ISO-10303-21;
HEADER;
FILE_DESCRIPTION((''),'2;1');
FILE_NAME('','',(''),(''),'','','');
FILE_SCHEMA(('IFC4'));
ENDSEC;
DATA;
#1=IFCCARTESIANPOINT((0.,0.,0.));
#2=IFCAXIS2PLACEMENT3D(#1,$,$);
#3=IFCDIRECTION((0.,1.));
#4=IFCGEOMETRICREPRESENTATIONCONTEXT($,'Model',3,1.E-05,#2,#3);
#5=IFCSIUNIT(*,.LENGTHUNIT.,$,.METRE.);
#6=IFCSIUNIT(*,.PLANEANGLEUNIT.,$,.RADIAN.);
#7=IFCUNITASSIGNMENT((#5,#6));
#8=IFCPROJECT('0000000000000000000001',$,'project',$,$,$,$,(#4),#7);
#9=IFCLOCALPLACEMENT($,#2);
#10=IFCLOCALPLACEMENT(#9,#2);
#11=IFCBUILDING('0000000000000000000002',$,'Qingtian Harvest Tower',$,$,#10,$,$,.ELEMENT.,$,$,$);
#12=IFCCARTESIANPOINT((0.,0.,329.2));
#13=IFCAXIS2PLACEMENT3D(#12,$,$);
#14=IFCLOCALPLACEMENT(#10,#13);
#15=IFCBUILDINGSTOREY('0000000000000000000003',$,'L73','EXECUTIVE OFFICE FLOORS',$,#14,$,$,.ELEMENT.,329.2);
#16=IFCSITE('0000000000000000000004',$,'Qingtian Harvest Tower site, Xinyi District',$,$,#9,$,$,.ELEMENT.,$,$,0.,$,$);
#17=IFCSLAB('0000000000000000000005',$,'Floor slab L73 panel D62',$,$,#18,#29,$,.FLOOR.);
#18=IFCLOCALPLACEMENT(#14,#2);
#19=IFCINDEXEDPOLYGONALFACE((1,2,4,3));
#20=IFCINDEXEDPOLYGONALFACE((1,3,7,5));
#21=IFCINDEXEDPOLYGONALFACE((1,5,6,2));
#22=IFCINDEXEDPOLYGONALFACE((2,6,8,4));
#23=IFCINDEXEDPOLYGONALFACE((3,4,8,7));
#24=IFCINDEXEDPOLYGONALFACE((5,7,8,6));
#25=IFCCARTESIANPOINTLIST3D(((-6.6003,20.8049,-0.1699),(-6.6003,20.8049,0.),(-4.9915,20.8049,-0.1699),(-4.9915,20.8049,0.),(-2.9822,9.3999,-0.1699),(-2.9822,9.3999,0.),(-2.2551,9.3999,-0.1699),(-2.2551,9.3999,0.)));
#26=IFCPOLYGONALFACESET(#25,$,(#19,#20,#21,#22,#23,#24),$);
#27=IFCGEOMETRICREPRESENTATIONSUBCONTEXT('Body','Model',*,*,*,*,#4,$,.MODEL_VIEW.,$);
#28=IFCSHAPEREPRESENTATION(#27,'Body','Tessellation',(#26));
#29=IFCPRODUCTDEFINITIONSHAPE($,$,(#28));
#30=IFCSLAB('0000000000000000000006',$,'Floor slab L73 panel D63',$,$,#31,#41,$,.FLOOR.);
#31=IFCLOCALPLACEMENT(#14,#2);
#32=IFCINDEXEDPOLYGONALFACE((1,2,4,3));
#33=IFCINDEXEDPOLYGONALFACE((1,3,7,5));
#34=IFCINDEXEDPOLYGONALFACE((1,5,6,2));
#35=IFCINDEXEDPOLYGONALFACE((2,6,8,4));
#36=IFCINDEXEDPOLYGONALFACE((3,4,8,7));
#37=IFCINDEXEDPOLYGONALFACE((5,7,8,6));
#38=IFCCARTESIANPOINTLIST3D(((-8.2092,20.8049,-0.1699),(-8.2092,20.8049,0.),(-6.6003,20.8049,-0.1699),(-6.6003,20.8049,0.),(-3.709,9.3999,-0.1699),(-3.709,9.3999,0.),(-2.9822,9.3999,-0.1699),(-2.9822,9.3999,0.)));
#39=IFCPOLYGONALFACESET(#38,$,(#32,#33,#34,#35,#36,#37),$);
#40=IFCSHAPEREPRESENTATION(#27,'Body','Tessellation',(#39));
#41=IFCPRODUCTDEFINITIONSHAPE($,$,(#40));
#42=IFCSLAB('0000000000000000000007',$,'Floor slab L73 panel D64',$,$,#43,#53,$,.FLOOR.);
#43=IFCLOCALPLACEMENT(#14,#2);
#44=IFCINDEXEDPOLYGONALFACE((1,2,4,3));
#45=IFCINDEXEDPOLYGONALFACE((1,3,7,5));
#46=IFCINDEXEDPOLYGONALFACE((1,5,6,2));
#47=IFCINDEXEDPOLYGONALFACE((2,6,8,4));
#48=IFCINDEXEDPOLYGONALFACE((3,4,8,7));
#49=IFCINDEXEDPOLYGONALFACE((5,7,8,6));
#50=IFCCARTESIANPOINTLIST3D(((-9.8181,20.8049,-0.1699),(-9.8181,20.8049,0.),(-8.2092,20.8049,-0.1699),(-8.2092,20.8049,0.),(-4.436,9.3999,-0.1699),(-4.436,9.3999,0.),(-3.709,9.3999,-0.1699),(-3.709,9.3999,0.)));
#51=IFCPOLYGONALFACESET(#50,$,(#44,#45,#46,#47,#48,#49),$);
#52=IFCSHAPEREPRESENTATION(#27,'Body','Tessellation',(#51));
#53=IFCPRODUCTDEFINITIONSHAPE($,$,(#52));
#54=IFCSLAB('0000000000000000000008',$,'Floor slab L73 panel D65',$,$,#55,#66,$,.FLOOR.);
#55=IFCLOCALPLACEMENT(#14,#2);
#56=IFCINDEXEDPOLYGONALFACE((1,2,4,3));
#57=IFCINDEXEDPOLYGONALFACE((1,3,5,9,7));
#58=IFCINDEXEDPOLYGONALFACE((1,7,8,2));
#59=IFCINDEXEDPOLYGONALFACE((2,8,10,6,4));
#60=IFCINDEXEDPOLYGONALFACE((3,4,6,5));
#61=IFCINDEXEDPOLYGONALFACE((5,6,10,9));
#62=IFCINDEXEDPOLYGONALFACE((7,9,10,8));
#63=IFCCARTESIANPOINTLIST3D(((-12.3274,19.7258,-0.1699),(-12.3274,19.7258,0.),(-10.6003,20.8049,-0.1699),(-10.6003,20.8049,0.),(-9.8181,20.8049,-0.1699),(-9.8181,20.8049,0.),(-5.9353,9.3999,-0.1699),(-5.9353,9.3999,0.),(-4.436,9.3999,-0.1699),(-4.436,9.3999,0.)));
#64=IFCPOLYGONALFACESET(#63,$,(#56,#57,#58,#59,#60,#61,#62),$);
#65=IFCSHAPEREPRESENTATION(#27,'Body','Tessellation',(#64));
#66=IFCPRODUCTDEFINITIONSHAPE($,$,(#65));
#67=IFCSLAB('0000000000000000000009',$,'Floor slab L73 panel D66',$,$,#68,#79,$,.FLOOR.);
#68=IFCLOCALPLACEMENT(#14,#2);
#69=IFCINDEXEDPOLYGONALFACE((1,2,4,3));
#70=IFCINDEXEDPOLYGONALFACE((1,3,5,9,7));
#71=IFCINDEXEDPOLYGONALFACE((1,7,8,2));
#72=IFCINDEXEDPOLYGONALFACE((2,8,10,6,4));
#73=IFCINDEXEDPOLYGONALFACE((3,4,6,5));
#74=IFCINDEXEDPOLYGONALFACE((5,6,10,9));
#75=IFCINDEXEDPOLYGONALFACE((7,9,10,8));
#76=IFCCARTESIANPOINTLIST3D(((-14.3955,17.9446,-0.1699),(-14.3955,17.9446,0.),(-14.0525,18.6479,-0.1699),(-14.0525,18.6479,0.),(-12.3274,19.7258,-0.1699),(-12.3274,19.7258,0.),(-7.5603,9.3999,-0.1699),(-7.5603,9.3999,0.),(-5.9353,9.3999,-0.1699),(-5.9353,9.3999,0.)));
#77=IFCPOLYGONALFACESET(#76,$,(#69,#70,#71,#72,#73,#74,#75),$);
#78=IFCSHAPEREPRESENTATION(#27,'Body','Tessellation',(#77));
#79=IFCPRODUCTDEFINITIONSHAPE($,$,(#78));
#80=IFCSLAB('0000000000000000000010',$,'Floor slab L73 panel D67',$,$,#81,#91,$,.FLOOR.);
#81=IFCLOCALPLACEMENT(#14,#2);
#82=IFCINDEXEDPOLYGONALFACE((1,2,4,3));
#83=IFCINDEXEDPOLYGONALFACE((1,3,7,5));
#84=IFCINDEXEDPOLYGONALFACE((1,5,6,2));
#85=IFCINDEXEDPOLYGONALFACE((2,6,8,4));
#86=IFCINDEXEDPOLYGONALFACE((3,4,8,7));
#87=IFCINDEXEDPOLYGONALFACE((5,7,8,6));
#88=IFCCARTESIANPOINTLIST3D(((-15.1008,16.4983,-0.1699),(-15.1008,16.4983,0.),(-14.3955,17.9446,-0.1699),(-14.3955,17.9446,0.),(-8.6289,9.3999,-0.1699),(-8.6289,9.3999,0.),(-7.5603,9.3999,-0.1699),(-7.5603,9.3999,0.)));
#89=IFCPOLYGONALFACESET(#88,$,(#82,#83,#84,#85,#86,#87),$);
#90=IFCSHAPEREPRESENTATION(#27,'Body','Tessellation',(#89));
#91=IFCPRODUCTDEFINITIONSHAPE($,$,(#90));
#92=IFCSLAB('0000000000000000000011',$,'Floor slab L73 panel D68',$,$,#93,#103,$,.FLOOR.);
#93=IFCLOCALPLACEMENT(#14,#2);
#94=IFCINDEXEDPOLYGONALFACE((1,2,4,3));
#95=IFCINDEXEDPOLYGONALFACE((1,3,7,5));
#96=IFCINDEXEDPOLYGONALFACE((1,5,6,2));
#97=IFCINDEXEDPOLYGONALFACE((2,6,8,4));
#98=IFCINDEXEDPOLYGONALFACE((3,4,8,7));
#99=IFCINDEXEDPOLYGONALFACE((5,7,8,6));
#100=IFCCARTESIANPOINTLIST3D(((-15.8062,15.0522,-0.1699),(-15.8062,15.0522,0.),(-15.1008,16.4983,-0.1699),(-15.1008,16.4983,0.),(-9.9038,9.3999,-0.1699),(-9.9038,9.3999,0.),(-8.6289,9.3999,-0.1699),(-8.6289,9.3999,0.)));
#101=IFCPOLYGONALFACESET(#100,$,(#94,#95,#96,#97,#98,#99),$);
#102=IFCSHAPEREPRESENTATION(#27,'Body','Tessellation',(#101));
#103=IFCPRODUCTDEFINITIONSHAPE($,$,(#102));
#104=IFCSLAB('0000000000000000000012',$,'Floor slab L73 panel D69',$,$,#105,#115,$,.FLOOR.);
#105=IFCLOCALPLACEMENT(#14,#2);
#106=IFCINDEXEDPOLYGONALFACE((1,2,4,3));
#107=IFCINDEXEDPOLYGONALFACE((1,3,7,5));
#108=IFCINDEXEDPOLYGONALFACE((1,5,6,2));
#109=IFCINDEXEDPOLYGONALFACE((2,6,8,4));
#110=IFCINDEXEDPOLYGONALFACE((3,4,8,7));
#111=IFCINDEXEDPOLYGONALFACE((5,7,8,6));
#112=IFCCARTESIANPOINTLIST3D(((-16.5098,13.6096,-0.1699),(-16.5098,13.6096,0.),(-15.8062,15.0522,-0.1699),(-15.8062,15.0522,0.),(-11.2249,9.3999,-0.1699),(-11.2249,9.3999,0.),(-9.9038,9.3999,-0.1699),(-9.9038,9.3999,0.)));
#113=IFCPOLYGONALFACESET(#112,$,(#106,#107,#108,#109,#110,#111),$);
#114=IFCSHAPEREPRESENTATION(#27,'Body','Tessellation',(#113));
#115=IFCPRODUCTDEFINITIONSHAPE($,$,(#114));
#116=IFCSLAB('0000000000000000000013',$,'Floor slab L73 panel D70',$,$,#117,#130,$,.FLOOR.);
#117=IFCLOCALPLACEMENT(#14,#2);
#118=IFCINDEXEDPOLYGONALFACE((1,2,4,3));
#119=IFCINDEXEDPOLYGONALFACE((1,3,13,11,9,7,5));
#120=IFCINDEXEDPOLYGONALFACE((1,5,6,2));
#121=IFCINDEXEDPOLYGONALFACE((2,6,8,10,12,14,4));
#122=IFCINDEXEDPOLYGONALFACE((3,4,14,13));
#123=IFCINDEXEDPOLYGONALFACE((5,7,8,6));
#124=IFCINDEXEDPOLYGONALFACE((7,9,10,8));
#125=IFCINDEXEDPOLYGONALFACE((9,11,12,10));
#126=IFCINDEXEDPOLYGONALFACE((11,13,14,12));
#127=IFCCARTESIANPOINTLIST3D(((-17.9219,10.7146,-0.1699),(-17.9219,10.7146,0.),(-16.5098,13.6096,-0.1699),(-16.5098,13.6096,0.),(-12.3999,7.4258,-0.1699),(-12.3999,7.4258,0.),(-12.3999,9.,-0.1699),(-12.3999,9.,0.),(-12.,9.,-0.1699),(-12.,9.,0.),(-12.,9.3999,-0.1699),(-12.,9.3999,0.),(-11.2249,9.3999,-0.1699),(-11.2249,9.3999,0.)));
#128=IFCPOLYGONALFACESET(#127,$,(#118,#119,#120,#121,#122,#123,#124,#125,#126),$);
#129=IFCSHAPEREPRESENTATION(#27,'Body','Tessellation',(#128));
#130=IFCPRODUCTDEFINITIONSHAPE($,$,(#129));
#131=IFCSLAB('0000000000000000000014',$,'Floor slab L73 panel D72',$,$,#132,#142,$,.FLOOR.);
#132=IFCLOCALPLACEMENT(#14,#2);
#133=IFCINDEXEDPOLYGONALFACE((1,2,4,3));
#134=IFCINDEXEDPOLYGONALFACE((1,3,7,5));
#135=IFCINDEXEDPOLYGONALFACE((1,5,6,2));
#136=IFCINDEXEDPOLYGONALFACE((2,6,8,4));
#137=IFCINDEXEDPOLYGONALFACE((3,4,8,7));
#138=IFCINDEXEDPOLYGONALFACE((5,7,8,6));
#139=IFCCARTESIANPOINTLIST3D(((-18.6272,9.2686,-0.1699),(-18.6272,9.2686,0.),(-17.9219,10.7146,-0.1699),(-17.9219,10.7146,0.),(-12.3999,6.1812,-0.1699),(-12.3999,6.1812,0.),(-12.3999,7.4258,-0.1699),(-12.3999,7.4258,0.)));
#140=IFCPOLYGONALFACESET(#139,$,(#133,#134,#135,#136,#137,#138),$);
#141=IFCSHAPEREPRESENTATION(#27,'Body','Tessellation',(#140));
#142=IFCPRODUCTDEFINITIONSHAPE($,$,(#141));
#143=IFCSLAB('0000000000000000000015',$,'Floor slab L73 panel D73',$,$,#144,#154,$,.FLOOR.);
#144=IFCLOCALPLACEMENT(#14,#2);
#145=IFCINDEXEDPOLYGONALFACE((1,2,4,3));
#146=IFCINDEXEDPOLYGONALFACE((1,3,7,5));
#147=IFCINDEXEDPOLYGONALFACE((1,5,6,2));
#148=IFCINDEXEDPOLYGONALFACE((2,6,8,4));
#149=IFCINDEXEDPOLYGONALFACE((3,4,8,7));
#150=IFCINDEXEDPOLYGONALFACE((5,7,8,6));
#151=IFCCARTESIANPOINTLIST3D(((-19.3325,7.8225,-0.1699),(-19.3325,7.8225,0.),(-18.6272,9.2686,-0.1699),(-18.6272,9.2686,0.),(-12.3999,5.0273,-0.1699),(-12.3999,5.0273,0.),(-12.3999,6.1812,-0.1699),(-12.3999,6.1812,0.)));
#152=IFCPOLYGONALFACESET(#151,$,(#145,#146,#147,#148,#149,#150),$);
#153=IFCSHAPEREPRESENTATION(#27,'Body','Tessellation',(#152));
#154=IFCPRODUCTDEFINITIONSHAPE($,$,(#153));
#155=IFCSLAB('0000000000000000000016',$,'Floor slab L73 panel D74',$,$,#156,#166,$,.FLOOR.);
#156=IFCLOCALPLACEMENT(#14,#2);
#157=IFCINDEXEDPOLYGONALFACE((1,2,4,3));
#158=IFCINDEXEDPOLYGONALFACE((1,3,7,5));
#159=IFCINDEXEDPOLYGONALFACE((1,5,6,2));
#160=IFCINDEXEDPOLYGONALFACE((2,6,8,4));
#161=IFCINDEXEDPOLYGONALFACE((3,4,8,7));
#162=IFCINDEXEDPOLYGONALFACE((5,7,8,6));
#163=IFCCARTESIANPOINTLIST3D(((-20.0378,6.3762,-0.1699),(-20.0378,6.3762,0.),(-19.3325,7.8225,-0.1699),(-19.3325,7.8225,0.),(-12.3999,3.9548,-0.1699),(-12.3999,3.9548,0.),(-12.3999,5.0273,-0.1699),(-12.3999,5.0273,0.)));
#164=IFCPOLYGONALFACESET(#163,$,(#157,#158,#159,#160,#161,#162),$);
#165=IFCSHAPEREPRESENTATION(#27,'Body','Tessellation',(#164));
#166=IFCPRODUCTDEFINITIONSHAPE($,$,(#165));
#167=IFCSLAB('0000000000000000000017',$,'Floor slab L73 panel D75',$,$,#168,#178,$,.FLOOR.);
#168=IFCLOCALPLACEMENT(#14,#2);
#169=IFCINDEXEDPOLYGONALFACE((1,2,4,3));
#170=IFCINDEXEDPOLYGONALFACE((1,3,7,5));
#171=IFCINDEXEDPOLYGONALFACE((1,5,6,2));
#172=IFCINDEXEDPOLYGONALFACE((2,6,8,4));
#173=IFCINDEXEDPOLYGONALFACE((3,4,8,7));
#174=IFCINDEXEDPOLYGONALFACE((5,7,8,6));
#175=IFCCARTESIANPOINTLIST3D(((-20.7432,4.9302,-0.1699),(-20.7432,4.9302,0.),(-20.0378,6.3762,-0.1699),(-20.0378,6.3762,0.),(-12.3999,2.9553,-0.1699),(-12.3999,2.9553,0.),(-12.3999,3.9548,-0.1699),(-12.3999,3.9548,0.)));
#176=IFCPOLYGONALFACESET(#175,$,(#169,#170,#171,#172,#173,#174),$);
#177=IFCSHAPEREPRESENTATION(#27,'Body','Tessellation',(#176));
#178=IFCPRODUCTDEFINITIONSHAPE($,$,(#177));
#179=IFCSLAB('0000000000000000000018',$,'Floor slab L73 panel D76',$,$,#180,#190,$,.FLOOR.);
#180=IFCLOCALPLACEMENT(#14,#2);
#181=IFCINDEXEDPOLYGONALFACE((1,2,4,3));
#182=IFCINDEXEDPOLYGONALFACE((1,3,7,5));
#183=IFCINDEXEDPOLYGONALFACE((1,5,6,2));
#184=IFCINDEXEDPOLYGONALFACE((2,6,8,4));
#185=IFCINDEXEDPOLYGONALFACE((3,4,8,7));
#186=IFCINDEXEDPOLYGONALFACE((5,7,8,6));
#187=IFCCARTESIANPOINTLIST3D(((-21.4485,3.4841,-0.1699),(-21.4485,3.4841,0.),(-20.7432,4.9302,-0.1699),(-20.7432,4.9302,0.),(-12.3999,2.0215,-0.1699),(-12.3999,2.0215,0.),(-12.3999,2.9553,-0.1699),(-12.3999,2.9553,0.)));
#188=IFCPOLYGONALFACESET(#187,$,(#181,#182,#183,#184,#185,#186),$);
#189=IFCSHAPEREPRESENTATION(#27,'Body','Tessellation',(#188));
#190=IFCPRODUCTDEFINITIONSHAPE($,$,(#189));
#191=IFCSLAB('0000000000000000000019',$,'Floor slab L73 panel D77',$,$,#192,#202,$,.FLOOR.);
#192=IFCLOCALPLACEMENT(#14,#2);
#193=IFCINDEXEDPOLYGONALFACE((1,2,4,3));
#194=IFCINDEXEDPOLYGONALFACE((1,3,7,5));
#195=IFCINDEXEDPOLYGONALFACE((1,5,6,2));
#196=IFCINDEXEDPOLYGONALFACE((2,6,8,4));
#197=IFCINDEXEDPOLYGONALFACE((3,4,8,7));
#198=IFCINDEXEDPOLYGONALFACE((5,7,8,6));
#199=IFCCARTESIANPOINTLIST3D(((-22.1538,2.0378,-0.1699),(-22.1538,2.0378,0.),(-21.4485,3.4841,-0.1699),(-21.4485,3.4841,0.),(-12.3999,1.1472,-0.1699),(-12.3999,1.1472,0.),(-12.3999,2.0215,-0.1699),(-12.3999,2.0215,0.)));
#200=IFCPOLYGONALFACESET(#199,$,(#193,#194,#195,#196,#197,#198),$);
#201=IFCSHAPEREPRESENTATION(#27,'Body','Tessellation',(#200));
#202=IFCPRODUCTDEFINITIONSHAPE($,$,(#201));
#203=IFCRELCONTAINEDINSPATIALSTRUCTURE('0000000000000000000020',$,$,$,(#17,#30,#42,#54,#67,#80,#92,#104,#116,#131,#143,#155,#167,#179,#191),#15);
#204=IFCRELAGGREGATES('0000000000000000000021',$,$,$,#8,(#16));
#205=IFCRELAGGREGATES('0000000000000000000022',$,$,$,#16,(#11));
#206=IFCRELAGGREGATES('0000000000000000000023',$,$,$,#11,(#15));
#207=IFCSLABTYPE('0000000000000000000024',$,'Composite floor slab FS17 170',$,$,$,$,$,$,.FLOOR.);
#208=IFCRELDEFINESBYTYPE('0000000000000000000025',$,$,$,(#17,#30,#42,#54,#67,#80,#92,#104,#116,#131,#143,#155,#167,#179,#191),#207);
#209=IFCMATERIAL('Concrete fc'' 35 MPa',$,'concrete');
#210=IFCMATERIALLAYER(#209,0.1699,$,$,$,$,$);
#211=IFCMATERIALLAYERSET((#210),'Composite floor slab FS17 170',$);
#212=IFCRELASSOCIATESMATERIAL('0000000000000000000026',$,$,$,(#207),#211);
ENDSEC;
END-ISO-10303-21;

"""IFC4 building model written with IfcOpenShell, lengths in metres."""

from ifc_helpers import new_model, si_unit, direction, frame, origin, place, context, subcontext, project, spatial, polyline, outline, extrude, material, layer, layer_set, type_object, element, save


model = new_model("IFC4")

# Units and contexts
model_context = context("Model", 3, precision=1e-05, world=origin(), true_north=direction((0.0, 1.0)))
body_context = subcontext(model_context, "Body", "Model", "MODEL_VIEW")
ifc_project = project(units=[si_unit("LENGTHUNIT", "METRE"), si_unit("PLANEANGLEUNIT", "RADIAN")], contexts=[model_context])

# Site, building, storey
site_placement = place(None, origin())
site = spatial("IfcSite", under=ifc_project, at=site_placement, Name="Qingtian Harvest Tower site, Xinyi District", CompositionType="ELEMENT", RefElevation=0.0)
building_placement = place(site_placement, origin())
building = spatial("IfcBuilding", under=site, at=building_placement, Name="Qingtian Harvest Tower", CompositionType="ELEMENT")
storey_placement = place(building_placement, frame((0.0, 0.0, 329.2)))
storey = spatial("IfcBuildingStorey", under=building, at=storey_placement, Name="L73", Description="EXECUTIVE OFFICE FLOORS", CompositionType="ELEMENT", Elevation=329.2)

# Slabs
ifc_material_1 = material(Name="Concrete fc' 35 MPa", Category="concrete")
ifc_layer_1 = layer(ifc_material_1, 0.1699)
ifc_layer_set_1 = layer_set([ifc_layer_1], Name="Composite floor slab FS17 170")
slab_type = type_object("IfcSlabType", Name="Composite floor slab FS17 170", PredefinedType="FLOOR", material=ifc_layer_set_1)
slab_1_placement = place(storey_placement, frame((0.0, 0.0, -0.1699)))
element("IfcSlab", 1, at=slab_1_placement, inside=storey, type_object=slab_type, Name="Floor slab L73 panel D62", PredefinedType="FLOOR", context=body_context, shape_type="SweptSolid", body=[
    extrude(outline(polyline([(-2.9822, 9.3999), (-6.6003, 20.8049), (-4.9915, 20.8049), (-2.2551, 9.3999), (-2.9822, 9.3999)])), origin(), (0.0, 0.0, 1.0), 0.1699),
])
slab_2_placement = place(storey_placement, frame((0.0, 0.0, -0.1699)))
element("IfcSlab", 2, at=slab_2_placement, inside=storey, type_object=slab_type, Name="Floor slab L73 panel D63", PredefinedType="FLOOR", context=body_context, shape_type="SweptSolid", body=[
    extrude(outline(polyline([(-3.709, 9.3999), (-8.2092, 20.8049), (-6.6003, 20.8049), (-2.9822, 9.3999), (-3.709, 9.3999)])), origin(), (0.0, 0.0, 1.0), 0.1699),
])
slab_3_placement = place(storey_placement, frame((0.0, 0.0, -0.1699)))
element("IfcSlab", 3, at=slab_3_placement, inside=storey, type_object=slab_type, Name="Floor slab L73 panel D64", PredefinedType="FLOOR", context=body_context, shape_type="SweptSolid", body=[
    extrude(outline(polyline([(-4.436, 9.3999), (-9.8181, 20.8049), (-8.2092, 20.8049), (-3.709, 9.3999), (-4.436, 9.3999)])), origin(), (0.0, 0.0, 1.0), 0.1699),
])
slab_4_placement = place(storey_placement, frame((0.0, 0.0, -0.1699)))
element("IfcSlab", 4, at=slab_4_placement, inside=storey, type_object=slab_type, Name="Floor slab L73 panel D65", PredefinedType="FLOOR", context=body_context, shape_type="SweptSolid", body=[
    extrude(outline(polyline([(-4.436, 9.3999), (-5.9353, 9.3999), (-12.3274, 19.7258), (-10.6003, 20.8049), (-9.8181, 20.8049), (-4.436, 9.3999)])), origin(), (0.0, 0.0, 1.0), 0.1699),
])
slab_5_placement = place(storey_placement, frame((0.0, 0.0, -0.1699)))
element("IfcSlab", 5, at=slab_5_placement, inside=storey, type_object=slab_type, Name="Floor slab L73 panel D66", PredefinedType="FLOOR", context=body_context, shape_type="SweptSolid", body=[
    extrude(outline(polyline([(-5.9353, 9.3999), (-7.5603, 9.3999), (-14.3955, 17.9446), (-14.0525, 18.6479), (-12.3274, 19.7258), (-5.9353, 9.3999)])), origin(), (0.0, 0.0, 1.0), 0.1699),
])
slab_6_placement = place(storey_placement, frame((0.0, 0.0, -0.1699)))
element("IfcSlab", 6, at=slab_6_placement, inside=storey, type_object=slab_type, Name="Floor slab L73 panel D67", PredefinedType="FLOOR", context=body_context, shape_type="SweptSolid", body=[
    extrude(outline(polyline([(-8.6289, 9.3999), (-15.1008, 16.4983), (-14.3955, 17.9446), (-7.5603, 9.3999), (-8.6289, 9.3999)])), origin(), (0.0, 0.0, 1.0), 0.1699),
])
slab_7_placement = place(storey_placement, frame((0.0, 0.0, -0.1699)))
element("IfcSlab", 7, at=slab_7_placement, inside=storey, type_object=slab_type, Name="Floor slab L73 panel D68", PredefinedType="FLOOR", context=body_context, shape_type="SweptSolid", body=[
    extrude(outline(polyline([(-9.9038, 9.3999), (-15.8062, 15.0522), (-15.1008, 16.4983), (-8.6289, 9.3999), (-9.9038, 9.3999)])), origin(), (0.0, 0.0, 1.0), 0.1699),
])
slab_8_placement = place(storey_placement, frame((0.0, 0.0, -0.1699)))
element("IfcSlab", 8, at=slab_8_placement, inside=storey, type_object=slab_type, Name="Floor slab L73 panel D69", PredefinedType="FLOOR", context=body_context, shape_type="SweptSolid", body=[
    extrude(outline(polyline([(-11.2249, 9.3999), (-16.5098, 13.6096), (-15.8062, 15.0522), (-9.9038, 9.3999), (-11.2249, 9.3999)])), origin(), (0.0, 0.0, 1.0), 0.1699),
])
slab_9_placement = place(storey_placement, frame((0.0, 0.0, -0.1699)))
element("IfcSlab", 9, at=slab_9_placement, inside=storey, type_object=slab_type, Name="Floor slab L73 panel D70", PredefinedType="FLOOR", context=body_context, shape_type="SweptSolid", body=[
    extrude(outline(polyline([(-12.0, 9.0), (-12.3999, 9.0), (-12.3999, 7.4258), (-17.9219, 10.7146), (-16.5098, 13.6096), (-11.2249, 9.3999), (-12.0, 9.3999), (-12.0, 9.0)])), origin(), (0.0, 0.0, 1.0), 0.1699),
])
slab_10_placement = place(storey_placement, frame((0.0, 0.0, -0.1699)))
element("IfcSlab", 10, at=slab_10_placement, inside=storey, type_object=slab_type, Name="Floor slab L73 panel D72", PredefinedType="FLOOR", context=body_context, shape_type="SweptSolid", body=[
    extrude(outline(polyline([(-12.3999, 6.1812), (-18.6272, 9.2686), (-17.9219, 10.7146), (-12.3999, 7.4258), (-12.3999, 6.1812)])), origin(), (0.0, 0.0, 1.0), 0.1699),
])
slab_11_placement = place(storey_placement, frame((0.0, 0.0, -0.1699)))
element("IfcSlab", 11, at=slab_11_placement, inside=storey, type_object=slab_type, Name="Floor slab L73 panel D73", PredefinedType="FLOOR", context=body_context, shape_type="SweptSolid", body=[
    extrude(outline(polyline([(-12.3999, 5.0273), (-19.3325, 7.8225), (-18.6272, 9.2686), (-12.3999, 6.1812), (-12.3999, 5.0273)])), origin(), (0.0, 0.0, 1.0), 0.1699),
])
slab_12_placement = place(storey_placement, frame((0.0, 0.0, -0.1699)))
element("IfcSlab", 12, at=slab_12_placement, inside=storey, type_object=slab_type, Name="Floor slab L73 panel D74", PredefinedType="FLOOR", context=body_context, shape_type="SweptSolid", body=[
    extrude(outline(polyline([(-12.3999, 3.9548), (-20.0378, 6.3762), (-19.3325, 7.8225), (-12.3999, 5.0273), (-12.3999, 3.9548)])), origin(), (0.0, 0.0, 1.0), 0.1699),
])
slab_13_placement = place(storey_placement, frame((0.0, 0.0, -0.1699)))
element("IfcSlab", 13, at=slab_13_placement, inside=storey, type_object=slab_type, Name="Floor slab L73 panel D75", PredefinedType="FLOOR", context=body_context, shape_type="SweptSolid", body=[
    extrude(outline(polyline([(-12.3999, 2.9553), (-20.7432, 4.9302), (-20.0378, 6.3762), (-12.3999, 3.9548), (-12.3999, 2.9553)])), origin(), (0.0, 0.0, 1.0), 0.1699),
])
slab_14_placement = place(storey_placement, frame((0.0, 0.0, -0.1699)))
element("IfcSlab", 14, at=slab_14_placement, inside=storey, type_object=slab_type, Name="Floor slab L73 panel D76", PredefinedType="FLOOR", context=body_context, shape_type="SweptSolid", body=[
    extrude(outline(polyline([(-12.3999, 2.0215), (-21.4485, 3.4841), (-20.7432, 4.9302), (-12.3999, 2.9553), (-12.3999, 2.0215)])), origin(), (0.0, 0.0, 1.0), 0.1699),
])
slab_15_placement = place(storey_placement, frame((0.0, 0.0, -0.1699)))
element("IfcSlab", 15, at=slab_15_placement, inside=storey, type_object=slab_type, Name="Floor slab L73 panel D77", PredefinedType="FLOOR", context=body_context, shape_type="SweptSolid", body=[
    extrude(outline(polyline([(-12.3999, 1.1472), (-22.1538, 2.0378), (-21.4485, 3.4841), (-12.3999, 2.0215), (-12.3999, 1.1472)])), origin(), (0.0, 0.0, 1.0), 0.1699),
])

save(model, "model.ifc")
